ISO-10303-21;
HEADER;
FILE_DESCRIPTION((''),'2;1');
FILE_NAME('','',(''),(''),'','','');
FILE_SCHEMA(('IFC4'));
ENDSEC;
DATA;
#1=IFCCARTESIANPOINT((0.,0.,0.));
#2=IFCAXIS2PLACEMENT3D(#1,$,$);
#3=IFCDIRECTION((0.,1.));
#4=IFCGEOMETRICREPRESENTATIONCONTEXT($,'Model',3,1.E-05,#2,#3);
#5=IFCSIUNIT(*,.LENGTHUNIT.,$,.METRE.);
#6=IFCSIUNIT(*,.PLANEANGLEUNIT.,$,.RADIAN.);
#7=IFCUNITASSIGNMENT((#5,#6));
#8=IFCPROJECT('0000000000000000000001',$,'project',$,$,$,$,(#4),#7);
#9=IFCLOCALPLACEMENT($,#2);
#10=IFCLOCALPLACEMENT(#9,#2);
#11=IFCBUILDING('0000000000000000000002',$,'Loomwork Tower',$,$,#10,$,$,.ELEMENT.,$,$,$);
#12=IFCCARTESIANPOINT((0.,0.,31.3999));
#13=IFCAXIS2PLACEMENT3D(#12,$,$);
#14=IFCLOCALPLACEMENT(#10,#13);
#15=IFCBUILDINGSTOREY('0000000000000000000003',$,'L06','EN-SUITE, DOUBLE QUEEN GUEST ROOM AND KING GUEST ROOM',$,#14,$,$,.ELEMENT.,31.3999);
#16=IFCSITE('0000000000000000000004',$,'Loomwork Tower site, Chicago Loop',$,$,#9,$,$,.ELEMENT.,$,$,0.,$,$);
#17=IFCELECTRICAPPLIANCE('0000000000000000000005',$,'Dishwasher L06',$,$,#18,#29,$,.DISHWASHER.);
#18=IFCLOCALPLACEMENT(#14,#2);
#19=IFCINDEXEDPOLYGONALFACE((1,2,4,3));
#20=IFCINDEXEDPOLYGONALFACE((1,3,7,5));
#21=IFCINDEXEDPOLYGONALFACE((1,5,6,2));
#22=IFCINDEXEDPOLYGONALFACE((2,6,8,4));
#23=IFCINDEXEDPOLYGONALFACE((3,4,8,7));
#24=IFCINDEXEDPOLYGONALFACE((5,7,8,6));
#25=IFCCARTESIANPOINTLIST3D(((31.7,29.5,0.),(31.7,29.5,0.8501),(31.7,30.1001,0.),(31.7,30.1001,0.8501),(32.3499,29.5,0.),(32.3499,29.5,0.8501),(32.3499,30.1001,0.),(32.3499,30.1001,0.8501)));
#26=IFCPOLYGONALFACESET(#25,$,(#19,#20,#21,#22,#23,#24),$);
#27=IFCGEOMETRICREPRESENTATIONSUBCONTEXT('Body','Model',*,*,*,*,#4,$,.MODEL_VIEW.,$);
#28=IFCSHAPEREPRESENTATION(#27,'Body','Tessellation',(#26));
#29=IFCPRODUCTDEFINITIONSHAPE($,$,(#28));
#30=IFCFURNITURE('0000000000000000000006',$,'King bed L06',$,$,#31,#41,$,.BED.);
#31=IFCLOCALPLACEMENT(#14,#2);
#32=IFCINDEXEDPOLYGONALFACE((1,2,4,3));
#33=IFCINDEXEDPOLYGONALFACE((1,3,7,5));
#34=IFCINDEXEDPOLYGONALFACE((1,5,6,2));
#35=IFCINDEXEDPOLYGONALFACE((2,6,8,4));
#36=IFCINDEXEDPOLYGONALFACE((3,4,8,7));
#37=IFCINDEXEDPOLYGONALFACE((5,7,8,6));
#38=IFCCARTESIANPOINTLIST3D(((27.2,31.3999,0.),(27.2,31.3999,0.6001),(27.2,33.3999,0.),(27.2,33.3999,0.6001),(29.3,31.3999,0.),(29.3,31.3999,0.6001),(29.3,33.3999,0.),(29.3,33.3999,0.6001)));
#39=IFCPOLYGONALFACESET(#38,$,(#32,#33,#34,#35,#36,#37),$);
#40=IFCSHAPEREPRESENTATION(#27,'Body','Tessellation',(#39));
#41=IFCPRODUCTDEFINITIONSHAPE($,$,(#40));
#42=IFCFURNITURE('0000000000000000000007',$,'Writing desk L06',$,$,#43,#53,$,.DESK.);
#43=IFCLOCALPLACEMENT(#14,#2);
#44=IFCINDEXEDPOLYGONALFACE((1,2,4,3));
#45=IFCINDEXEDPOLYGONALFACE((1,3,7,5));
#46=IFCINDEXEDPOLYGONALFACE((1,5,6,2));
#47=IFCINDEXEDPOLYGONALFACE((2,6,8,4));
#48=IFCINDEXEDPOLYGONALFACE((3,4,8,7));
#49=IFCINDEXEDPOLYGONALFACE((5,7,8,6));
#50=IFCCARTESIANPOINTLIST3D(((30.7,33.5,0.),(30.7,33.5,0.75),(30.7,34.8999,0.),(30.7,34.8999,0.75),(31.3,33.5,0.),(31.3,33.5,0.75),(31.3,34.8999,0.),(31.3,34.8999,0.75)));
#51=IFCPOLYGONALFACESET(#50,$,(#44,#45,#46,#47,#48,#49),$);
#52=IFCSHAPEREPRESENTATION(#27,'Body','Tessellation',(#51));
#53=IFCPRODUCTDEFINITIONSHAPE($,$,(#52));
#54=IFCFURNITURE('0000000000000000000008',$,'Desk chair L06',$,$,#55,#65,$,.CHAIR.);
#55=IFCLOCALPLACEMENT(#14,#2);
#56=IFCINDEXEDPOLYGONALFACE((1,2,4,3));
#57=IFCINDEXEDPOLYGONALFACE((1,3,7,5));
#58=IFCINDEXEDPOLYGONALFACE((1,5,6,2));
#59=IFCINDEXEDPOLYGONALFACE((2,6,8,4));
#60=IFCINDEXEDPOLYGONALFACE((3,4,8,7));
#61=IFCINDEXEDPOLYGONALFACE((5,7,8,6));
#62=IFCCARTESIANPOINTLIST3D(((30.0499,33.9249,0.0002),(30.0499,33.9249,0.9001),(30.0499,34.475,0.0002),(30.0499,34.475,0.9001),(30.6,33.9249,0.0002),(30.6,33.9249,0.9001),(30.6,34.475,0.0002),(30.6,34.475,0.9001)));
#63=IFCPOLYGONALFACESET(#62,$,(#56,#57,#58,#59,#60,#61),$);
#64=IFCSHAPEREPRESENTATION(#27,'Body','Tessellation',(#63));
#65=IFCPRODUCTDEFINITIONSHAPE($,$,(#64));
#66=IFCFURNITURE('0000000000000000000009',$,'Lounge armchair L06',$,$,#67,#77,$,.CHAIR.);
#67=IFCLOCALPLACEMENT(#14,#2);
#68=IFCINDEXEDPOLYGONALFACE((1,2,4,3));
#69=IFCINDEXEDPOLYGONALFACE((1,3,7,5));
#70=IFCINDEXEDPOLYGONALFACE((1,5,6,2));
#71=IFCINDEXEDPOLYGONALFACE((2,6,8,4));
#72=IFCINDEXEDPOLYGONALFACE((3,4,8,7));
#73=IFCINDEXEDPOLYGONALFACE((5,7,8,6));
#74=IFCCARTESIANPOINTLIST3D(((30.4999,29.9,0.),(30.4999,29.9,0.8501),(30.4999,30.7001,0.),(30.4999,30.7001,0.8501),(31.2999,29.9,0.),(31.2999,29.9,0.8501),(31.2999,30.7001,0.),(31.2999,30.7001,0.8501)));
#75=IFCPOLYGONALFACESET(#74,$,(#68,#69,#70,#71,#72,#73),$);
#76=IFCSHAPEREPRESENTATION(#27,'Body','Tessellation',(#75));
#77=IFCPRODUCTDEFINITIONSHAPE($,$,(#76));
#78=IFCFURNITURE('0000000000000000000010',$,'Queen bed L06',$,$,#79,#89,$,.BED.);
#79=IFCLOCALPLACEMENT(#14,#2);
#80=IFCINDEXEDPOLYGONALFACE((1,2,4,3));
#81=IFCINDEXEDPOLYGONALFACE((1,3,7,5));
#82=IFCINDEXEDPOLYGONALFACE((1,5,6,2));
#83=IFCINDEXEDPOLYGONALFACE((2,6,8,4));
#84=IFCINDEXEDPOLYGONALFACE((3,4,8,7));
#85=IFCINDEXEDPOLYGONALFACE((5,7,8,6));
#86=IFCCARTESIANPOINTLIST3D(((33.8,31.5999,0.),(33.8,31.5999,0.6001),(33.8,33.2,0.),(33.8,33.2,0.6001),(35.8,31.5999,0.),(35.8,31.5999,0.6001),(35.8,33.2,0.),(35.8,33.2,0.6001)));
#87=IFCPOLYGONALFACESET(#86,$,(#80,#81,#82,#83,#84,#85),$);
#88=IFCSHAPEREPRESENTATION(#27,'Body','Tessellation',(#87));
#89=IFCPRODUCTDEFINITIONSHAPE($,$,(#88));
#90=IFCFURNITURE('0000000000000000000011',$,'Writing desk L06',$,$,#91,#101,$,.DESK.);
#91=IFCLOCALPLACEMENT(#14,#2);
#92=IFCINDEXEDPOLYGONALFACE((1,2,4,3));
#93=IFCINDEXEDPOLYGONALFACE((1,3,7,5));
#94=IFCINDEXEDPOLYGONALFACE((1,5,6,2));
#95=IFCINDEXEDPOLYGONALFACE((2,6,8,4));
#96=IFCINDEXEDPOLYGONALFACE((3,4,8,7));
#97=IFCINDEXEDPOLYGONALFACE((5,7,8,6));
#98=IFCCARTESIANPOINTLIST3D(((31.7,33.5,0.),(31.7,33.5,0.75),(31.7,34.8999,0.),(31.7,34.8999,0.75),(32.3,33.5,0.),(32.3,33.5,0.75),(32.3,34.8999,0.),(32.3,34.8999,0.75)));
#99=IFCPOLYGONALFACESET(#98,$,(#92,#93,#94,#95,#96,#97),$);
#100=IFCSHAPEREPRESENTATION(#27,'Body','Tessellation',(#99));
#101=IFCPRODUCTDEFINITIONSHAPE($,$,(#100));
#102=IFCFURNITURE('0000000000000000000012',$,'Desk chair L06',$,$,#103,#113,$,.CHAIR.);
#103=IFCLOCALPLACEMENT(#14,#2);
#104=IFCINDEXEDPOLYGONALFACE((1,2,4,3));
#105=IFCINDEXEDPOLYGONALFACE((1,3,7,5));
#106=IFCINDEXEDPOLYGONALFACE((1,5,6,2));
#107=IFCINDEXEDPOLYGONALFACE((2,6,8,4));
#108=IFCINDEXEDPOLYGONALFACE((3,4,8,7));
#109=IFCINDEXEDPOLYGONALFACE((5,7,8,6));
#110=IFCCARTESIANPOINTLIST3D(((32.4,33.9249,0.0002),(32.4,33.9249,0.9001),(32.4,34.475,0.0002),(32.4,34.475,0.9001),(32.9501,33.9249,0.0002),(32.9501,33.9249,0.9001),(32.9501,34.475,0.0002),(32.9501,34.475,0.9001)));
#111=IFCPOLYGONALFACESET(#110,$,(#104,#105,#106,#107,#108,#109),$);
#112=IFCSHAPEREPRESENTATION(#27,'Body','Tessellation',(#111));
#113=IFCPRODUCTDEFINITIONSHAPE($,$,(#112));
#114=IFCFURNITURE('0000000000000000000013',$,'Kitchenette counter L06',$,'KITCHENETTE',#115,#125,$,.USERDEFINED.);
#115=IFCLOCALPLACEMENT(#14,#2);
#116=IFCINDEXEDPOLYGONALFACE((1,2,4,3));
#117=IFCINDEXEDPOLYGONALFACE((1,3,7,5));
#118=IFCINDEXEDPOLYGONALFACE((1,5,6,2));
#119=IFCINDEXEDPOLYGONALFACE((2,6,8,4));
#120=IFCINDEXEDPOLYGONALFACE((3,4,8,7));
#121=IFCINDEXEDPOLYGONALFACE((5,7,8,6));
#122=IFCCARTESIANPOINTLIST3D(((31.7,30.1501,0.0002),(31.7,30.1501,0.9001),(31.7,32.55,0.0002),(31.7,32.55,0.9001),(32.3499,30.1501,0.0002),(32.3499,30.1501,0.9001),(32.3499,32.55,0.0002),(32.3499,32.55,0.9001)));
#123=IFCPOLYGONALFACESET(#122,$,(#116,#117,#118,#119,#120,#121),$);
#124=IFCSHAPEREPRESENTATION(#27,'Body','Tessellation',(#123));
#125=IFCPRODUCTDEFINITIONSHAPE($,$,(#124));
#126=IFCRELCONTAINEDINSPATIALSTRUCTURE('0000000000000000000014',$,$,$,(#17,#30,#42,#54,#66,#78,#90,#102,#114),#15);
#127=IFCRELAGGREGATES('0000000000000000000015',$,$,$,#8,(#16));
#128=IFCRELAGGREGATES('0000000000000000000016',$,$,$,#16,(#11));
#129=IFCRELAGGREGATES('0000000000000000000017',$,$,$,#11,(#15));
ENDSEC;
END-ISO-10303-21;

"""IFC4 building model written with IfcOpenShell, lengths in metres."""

from ifc_helpers import new_model, si_unit, direction, frame, origin, origin_2d, place, context, subcontext, project, spatial, rectangle, extrude, element, save


model = new_model("IFC4")

# Units and contexts
model_context = context("Model", 3, precision=1e-05, world=origin(), true_north=direction((0.0, 1.0)))
body_context = subcontext(model_context, "Body", "Model", "MODEL_VIEW")
ifc_project = project(units=[si_unit("LENGTHUNIT", "METRE"), si_unit("PLANEANGLEUNIT", "RADIAN")], contexts=[model_context])

# Site, building, storey
site_placement = place(None, origin())
site = spatial("IfcSite", under=ifc_project, at=site_placement, Name="Loomwork Tower site, Chicago Loop", CompositionType="ELEMENT", RefElevation=0.0)
building_placement = place(site_placement, origin())
building = spatial("IfcBuilding", under=site, at=building_placement, Name="Loomwork Tower", CompositionType="ELEMENT")
storey_placement = place(building_placement, frame((0.0, 0.0, 31.3999)))
storey = spatial("IfcBuildingStorey", under=building, at=storey_placement, Name="L06", Description="EN-SUITE, DOUBLE QUEEN GUEST ROOM AND KING GUEST ROOM", CompositionType="ELEMENT", Elevation=31.3999)

# Electric appliance
electric_appliance_placement = place(storey_placement, frame((32.0249, 29.8, 0.0), z_axis=(0.0, 0.0, 1.0), x_axis=(1.0, 0.0, 0.0)))
element("IfcElectricAppliance", 1, at=electric_appliance_placement, inside=storey, Name="Dishwasher L06", PredefinedType="DISHWASHER", context=body_context, shape_type="SweptSolid", body=[
    extrude(rectangle(XDim=0.6499, YDim=0.6001, at=origin_2d()), origin(), (0.0, 0.0, 1.0), 0.8501),
])

# Furniture
furniture_1_placement = place(storey_placement, frame((28.25, 32.3999, 0.0), z_axis=(0.0, 0.0, 1.0), x_axis=(1.0, 0.0, 0.0)))
element("IfcFurniture", 2, at=furniture_1_placement, inside=storey, Name="King bed L06", PredefinedType="BED", context=body_context, shape_type="SweptSolid", body=[
    extrude(rectangle(XDim=2.1001, YDim=2.0, at=origin_2d()), origin(), (0.0, 0.0, 1.0), 0.6001),
])
furniture_2_placement = place(storey_placement, frame((31.0, 34.2, 0.0), z_axis=(0.0, 0.0, 1.0), x_axis=(1.0, 0.0, 0.0)))
element("IfcFurniture", 3, at=furniture_2_placement, inside=storey, Name="Writing desk L06", PredefinedType="DESK", context=body_context, shape_type="SweptSolid", body=[
    extrude(rectangle(XDim=0.6001, YDim=1.3999, at=origin_2d()), origin(), (0.0, 0.0, 1.0), 0.75),
])
furniture_3_placement = place(storey_placement, frame((30.325, 34.2, 0.0002), z_axis=(0.0, 0.0, 1.0), x_axis=(1.0, 0.0, 0.0)))
element("IfcFurniture", 4, at=furniture_3_placement, inside=storey, Name="Desk chair L06", PredefinedType="CHAIR", context=body_context, shape_type="SweptSolid", body=[
    extrude(rectangle(XDim=0.55, YDim=0.55, at=origin_2d()), origin(), (0.0, 0.0, 1.0), 0.8999),
])
furniture_4_placement = place(storey_placement, frame((30.8999, 30.3, 0.0), z_axis=(0.0, 0.0, 1.0), x_axis=(1.0, 0.0, 0.0)))
element("IfcFurniture", 5, at=furniture_4_placement, inside=storey, Name="Lounge armchair L06", PredefinedType="CHAIR", context=body_context, shape_type="SweptSolid", body=[
    extrude(rectangle(XDim=0.8, YDim=0.8, at=origin_2d()), origin(), (0.0, 0.0, 1.0), 0.8501),
])
furniture_5_placement = place(storey_placement, frame((34.8, 32.3999, 0.0), z_axis=(0.0, 0.0, 1.0), x_axis=(1.0, 0.0, 0.0)))
element("IfcFurniture", 6, at=furniture_5_placement, inside=storey, Name="Queen bed L06", PredefinedType="BED", context=body_context, shape_type="SweptSolid", body=[
    extrude(rectangle(XDim=2.0, YDim=1.6001, at=origin_2d()), origin(), (0.0, 0.0, 1.0), 0.6001),
])
furniture_6_placement = place(storey_placement, frame((32.0, 34.2, 0.0), z_axis=(0.0, 0.0, 1.0), x_axis=(1.0, 0.0, 0.0)))
element("IfcFurniture", 7, at=furniture_6_placement, inside=storey, Name="Writing desk L06", PredefinedType="DESK", context=body_context, shape_type="SweptSolid", body=[
    extrude(rectangle(XDim=0.6001, YDim=1.3999, at=origin_2d()), origin(), (0.0, 0.0, 1.0), 0.75),
])
furniture_7_placement = place(storey_placement, frame((32.675, 34.2, 0.0002), z_axis=(0.0, 0.0, 1.0), x_axis=(1.0, 0.0, 0.0)))
element("IfcFurniture", 8, at=furniture_7_placement, inside=storey, Name="Desk chair L06", PredefinedType="CHAIR", context=body_context, shape_type="SweptSolid", body=[
    extrude(rectangle(XDim=0.55, YDim=0.55, at=origin_2d()), origin(), (0.0, 0.0, 1.0), 0.8999),
])
furniture_8_placement = place(storey_placement, frame((32.0249, 31.3501, 0.0002), z_axis=(0.0, 0.0, 1.0), x_axis=(1.0, 0.0, 0.0)))
element("IfcFurniture", 9, at=furniture_8_placement, inside=storey, Name="Kitchenette counter L06", ObjectType="KITCHENETTE", PredefinedType="USERDEFINED", context=body_context, shape_type="SweptSolid", body=[
    extrude(rectangle(XDim=0.6499, YDim=2.3999, at=origin_2d()), origin(), (0.0, 0.0, 1.0), 0.8999),
])

save(model, "model.ifc")
